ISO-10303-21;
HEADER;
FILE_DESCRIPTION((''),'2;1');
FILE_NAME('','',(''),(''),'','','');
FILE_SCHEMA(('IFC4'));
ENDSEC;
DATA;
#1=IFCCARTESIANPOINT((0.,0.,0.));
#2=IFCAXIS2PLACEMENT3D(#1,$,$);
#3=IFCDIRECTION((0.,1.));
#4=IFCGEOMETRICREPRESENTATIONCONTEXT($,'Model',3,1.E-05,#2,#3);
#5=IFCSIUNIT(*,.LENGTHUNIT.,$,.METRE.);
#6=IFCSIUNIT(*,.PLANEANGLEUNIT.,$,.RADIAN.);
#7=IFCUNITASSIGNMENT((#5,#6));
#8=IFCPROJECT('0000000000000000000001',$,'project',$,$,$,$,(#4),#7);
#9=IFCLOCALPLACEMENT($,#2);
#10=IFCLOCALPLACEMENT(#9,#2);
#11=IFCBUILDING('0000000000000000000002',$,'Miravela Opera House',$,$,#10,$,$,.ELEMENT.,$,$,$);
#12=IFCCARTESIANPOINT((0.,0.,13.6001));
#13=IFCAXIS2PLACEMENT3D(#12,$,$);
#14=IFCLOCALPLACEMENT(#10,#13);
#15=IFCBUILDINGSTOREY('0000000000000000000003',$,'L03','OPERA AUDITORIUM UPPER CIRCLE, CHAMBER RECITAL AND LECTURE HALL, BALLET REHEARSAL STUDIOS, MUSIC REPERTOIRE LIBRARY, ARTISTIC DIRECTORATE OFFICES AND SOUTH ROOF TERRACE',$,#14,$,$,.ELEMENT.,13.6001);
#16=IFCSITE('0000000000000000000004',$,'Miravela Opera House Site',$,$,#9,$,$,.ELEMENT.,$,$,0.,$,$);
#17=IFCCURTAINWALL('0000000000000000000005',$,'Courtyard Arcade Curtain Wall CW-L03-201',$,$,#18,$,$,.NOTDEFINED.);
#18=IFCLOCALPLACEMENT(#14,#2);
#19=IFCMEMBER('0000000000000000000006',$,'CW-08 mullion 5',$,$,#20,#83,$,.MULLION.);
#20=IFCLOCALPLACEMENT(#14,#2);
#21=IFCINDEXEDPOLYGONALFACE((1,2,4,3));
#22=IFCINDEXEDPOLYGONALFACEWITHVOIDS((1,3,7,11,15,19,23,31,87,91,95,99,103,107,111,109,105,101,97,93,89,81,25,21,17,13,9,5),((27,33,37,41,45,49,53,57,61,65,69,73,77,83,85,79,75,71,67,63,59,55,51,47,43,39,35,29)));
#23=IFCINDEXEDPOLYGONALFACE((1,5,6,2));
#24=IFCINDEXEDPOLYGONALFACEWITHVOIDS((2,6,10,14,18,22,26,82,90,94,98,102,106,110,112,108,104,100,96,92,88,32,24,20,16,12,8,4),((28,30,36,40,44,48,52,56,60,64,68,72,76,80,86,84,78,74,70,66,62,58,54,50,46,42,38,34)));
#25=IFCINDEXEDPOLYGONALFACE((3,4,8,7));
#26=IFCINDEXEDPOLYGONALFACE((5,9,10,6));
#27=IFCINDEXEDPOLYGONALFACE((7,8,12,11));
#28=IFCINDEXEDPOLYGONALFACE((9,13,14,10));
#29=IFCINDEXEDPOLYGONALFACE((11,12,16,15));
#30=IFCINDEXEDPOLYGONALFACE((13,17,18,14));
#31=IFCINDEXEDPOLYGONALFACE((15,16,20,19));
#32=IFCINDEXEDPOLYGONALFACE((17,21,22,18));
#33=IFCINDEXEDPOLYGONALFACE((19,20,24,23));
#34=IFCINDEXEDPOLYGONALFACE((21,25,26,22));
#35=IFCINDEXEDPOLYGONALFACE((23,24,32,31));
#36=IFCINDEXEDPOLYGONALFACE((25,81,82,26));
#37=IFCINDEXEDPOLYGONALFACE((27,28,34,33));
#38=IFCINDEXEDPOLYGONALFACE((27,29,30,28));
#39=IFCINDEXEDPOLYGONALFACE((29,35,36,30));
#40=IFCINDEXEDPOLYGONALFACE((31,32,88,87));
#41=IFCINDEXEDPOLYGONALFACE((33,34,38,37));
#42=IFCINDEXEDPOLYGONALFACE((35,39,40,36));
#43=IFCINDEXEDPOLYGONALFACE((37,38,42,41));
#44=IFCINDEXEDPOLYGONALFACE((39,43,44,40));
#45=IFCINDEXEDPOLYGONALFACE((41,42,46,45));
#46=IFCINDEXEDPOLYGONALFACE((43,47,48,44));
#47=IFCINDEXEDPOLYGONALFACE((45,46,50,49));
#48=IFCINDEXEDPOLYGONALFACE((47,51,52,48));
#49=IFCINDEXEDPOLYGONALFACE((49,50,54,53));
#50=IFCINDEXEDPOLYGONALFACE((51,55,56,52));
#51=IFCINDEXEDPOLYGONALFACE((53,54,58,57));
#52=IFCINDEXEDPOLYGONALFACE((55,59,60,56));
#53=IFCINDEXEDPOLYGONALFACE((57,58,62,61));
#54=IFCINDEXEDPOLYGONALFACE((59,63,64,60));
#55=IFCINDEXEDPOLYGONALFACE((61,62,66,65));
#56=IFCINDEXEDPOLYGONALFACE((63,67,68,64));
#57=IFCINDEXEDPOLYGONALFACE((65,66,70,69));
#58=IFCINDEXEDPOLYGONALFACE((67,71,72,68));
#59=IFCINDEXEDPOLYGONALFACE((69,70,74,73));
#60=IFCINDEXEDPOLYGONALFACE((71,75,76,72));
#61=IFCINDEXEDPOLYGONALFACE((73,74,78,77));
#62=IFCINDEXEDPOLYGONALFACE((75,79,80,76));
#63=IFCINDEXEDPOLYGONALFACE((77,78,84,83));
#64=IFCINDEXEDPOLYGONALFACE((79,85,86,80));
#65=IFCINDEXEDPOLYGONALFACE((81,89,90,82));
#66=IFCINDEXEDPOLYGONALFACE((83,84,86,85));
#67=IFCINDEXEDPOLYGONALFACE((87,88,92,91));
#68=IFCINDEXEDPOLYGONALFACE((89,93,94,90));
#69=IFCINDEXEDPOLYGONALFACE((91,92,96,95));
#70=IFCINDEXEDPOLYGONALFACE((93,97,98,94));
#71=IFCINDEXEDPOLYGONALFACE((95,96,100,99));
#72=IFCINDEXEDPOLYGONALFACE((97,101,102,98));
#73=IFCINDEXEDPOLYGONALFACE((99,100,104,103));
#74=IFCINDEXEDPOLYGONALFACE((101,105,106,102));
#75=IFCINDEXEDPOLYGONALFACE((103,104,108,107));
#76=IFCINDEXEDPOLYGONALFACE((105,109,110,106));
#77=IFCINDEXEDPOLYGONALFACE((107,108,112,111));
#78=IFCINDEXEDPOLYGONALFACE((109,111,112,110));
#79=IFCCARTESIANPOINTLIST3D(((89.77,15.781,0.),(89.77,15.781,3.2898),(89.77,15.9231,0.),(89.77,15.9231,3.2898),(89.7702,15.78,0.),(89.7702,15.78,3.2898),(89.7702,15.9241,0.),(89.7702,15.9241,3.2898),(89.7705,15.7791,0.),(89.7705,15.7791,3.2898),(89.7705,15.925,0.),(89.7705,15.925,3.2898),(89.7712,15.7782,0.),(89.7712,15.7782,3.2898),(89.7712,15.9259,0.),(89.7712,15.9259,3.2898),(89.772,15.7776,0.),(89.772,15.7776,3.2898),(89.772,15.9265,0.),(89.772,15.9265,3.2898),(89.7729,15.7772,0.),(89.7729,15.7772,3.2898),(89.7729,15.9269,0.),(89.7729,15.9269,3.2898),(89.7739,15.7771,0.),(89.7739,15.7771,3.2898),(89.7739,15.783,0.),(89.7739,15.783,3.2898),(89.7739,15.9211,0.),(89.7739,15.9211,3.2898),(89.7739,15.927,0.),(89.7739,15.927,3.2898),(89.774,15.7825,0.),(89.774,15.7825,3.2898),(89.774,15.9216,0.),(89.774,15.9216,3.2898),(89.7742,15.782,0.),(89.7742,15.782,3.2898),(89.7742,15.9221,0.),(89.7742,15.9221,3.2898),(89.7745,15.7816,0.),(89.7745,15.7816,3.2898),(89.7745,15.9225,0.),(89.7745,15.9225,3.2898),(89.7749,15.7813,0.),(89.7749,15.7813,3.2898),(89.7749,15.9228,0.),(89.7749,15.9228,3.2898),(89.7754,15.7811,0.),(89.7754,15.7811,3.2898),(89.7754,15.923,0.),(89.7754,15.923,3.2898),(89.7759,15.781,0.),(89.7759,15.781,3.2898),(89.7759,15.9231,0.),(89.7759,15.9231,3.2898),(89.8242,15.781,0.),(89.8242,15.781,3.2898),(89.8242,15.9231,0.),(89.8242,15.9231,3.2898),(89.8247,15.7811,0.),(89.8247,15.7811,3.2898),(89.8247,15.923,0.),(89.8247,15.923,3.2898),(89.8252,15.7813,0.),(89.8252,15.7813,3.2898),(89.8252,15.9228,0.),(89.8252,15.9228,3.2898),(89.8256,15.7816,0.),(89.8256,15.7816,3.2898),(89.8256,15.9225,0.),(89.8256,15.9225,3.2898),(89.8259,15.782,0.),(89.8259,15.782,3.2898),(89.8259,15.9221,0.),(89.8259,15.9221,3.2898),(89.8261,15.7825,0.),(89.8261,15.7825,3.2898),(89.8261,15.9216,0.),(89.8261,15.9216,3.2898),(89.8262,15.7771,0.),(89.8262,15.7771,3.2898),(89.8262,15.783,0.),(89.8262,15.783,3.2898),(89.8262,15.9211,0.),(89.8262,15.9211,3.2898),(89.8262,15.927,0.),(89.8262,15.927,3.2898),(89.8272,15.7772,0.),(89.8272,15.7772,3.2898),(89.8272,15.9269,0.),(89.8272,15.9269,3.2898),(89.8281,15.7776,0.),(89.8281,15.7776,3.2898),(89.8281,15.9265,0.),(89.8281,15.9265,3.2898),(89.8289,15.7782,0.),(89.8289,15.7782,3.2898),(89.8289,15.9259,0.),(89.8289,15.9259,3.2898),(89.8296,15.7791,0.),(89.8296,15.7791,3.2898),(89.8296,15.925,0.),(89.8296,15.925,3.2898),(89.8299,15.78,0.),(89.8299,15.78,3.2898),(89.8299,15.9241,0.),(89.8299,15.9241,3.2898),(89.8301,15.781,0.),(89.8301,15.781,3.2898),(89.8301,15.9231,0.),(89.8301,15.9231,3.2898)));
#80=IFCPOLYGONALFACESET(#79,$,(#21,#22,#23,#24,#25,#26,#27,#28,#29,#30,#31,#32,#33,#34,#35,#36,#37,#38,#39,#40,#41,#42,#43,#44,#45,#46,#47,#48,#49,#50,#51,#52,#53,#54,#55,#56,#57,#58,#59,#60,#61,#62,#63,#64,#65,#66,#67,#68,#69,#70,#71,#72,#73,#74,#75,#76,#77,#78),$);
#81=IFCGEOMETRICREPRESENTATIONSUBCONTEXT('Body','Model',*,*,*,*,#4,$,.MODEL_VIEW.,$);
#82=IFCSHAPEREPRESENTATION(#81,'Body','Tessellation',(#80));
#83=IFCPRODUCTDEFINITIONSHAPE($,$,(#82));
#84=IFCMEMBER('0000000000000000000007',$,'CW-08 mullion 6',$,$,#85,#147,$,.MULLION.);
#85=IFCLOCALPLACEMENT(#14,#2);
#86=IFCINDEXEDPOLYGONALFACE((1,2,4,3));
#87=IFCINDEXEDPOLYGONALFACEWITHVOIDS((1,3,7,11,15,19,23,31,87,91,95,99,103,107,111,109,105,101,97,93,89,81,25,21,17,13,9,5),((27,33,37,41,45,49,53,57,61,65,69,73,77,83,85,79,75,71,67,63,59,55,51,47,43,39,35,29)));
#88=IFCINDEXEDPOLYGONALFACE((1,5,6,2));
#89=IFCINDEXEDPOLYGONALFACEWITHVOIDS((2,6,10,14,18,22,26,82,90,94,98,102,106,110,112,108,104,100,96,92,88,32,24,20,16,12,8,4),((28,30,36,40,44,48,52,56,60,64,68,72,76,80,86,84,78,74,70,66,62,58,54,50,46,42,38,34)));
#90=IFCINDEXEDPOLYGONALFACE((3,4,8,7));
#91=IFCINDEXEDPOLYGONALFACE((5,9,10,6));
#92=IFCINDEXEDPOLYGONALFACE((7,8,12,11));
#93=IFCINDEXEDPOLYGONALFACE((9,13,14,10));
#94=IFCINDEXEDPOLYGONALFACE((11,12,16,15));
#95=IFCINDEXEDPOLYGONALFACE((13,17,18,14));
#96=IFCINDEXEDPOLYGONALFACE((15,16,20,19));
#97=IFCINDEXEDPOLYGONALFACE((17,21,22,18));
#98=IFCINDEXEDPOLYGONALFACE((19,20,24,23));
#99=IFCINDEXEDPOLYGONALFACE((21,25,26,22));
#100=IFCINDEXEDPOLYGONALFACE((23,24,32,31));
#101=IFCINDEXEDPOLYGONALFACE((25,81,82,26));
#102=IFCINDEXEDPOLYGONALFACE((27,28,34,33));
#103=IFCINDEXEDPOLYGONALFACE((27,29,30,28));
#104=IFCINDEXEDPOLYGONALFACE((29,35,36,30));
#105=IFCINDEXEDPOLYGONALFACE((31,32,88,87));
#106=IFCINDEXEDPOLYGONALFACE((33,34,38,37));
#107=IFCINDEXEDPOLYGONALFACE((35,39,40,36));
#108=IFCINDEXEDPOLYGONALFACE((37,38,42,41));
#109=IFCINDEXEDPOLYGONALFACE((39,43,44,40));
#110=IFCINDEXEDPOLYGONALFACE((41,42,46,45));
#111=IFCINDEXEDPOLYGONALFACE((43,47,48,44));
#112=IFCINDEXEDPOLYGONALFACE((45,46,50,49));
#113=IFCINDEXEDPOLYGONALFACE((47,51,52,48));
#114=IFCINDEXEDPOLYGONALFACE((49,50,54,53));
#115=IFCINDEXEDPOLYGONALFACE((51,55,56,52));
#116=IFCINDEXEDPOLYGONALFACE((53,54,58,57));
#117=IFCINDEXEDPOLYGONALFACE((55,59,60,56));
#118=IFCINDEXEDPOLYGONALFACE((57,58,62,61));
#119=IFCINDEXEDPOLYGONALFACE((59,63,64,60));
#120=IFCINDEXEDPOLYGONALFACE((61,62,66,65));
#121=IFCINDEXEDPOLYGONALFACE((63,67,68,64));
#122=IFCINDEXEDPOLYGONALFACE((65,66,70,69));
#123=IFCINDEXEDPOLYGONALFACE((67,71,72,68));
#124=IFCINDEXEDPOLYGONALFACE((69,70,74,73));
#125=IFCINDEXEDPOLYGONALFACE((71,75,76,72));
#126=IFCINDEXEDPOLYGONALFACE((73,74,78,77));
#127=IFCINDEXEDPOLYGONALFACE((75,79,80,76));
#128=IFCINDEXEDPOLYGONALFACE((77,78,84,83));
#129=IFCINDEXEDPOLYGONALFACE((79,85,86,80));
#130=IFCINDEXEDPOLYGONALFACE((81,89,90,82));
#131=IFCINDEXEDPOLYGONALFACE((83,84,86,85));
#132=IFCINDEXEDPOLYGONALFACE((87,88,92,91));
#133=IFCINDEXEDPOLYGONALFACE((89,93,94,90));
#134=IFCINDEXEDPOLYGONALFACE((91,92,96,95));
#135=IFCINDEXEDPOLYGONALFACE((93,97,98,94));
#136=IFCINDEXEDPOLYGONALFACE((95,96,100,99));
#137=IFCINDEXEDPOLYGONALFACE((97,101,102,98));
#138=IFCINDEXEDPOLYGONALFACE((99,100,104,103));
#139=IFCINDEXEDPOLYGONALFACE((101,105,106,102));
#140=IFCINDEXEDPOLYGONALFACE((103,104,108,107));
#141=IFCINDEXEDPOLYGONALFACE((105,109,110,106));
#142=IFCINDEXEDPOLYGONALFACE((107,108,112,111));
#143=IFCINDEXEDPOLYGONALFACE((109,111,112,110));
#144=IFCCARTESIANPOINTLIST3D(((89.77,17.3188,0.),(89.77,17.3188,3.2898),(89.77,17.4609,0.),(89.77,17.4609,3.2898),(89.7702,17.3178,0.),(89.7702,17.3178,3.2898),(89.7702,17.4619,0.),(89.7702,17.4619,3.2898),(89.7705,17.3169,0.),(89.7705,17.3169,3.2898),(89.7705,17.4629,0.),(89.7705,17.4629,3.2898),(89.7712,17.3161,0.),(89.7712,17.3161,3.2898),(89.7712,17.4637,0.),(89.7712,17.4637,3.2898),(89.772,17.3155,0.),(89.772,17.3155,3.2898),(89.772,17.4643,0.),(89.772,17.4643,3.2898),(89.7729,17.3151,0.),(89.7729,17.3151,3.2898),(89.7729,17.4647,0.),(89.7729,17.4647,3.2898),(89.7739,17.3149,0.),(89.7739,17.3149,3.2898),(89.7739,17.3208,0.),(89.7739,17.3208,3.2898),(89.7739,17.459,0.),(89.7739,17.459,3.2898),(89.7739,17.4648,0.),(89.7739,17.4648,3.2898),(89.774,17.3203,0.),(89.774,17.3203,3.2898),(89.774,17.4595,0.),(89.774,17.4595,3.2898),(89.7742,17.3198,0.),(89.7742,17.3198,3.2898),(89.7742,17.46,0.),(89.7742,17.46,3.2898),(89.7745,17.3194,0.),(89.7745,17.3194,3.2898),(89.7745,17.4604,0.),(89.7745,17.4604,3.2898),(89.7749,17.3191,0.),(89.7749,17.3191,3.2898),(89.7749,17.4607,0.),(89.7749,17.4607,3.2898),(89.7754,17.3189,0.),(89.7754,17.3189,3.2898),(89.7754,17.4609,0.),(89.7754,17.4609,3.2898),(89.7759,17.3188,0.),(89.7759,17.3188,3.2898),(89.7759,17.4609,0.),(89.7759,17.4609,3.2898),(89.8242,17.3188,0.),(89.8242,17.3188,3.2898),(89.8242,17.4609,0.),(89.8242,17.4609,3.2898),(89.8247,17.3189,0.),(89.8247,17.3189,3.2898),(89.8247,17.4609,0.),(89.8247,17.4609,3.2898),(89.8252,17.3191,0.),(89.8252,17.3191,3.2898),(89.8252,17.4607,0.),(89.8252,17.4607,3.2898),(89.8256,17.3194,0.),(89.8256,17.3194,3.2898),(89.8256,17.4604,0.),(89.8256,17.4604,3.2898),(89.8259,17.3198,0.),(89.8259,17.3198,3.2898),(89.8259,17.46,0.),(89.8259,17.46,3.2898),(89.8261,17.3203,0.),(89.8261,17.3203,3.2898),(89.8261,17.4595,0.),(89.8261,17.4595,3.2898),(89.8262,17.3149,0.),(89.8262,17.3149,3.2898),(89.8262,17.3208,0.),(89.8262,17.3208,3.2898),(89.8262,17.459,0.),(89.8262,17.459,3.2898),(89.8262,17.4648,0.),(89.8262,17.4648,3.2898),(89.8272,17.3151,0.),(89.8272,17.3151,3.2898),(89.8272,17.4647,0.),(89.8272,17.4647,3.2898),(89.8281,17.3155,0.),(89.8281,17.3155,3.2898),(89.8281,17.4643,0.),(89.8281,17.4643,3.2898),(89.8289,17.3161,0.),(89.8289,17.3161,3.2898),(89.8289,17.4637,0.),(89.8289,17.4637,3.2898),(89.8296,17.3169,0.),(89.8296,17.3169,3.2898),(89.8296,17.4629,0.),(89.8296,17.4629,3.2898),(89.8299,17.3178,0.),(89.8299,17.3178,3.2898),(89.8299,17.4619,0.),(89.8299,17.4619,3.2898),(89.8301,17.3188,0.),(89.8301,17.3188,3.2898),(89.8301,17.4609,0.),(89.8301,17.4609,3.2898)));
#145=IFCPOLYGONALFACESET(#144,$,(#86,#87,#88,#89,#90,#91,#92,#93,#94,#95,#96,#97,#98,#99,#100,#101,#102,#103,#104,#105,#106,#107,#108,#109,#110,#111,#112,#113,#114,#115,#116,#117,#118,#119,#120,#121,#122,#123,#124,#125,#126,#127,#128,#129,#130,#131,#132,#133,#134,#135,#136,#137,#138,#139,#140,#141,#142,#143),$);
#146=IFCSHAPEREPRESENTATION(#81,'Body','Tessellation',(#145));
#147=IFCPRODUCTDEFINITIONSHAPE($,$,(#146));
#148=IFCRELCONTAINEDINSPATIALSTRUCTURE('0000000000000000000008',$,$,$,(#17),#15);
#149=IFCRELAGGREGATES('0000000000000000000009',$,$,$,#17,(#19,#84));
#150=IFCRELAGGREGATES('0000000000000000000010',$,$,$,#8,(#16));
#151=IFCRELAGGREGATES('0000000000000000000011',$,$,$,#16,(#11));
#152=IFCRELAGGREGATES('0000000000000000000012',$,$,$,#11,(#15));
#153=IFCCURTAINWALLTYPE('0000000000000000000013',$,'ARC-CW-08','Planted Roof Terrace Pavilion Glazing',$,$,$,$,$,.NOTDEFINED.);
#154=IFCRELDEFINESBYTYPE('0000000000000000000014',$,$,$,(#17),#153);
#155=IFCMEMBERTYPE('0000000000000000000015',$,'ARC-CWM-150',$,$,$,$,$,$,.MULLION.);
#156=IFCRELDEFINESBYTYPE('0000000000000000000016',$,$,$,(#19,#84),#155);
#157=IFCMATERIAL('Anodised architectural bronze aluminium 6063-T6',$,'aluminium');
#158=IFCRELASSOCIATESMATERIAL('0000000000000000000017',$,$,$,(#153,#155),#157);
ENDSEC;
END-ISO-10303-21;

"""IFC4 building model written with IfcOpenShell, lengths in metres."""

from ifc_helpers import new_model, si_unit, direction, frame, origin, origin_2d, place, context, subcontext, project, spatial, hollow_rectangle, extrude, material, material_profile, profile_set, type_object, element, aggregate, save


model = new_model("IFC4")

# Units and contexts
model_context = context("Model", 3, precision=1e-05, world=origin(), true_north=direction((0.0, 1.0)))
body_context = subcontext(model_context, "Body", "Model", "MODEL_VIEW")
ifc_project = project(units=[si_unit("LENGTHUNIT", "METRE"), si_unit("PLANEANGLEUNIT", "RADIAN")], contexts=[model_context])

# Site, building, storey
site_placement = place(None, origin())
site = spatial("IfcSite", under=ifc_project, at=site_placement, Name="Miravela Opera House Site", CompositionType="ELEMENT", RefElevation=0.0)
building_placement = place(site_placement, origin())
building = spatial("IfcBuilding", under=site, at=building_placement, Name="Miravela Opera House", CompositionType="ELEMENT")
storey_placement = place(building_placement, frame((0.0, 0.0, 13.6001)))
storey = spatial("IfcBuildingStorey", under=building, at=storey_placement, Name="L03", Description="OPERA AUDITORIUM UPPER CIRCLE, CHAMBER RECITAL AND LECTURE HALL, BALLET REHEARSAL STUDIOS, MUSIC REPERTOIRE LIBRARY, ARTISTIC DIRECTORATE OFFICES AND SOUTH ROOF TERRACE", CompositionType="ELEMENT", Elevation=13.6001)

# Curtain wall, members
ifc_material_1 = material(Name="Anodised architectural bronze aluminium 6063-T6", Category="aluminium")
curtain_wall_type = type_object("IfcCurtainWallType", Name="ARC-CW-08", Description="Planted Roof Terrace Pavilion Glazing", PredefinedType="NOTDEFINED", material=ifc_material_1)
curtain_wall_1_placement = place(storey_placement, origin())
curtain_wall_1 = element("IfcCurtainWall", 1, at=curtain_wall_1_placement, inside=storey, type_object=curtain_wall_type, Name="Courtyard Arcade Curtain Wall CW-L03-201", PredefinedType="NOTDEFINED")
ifc_material_profile_1 = material_profile(ifc_material_1, hollow_rectangle(XDim=0.0601, YDim=0.1499, WallThickness=0.0039, InnerFilletRadius=0.002, OuterFilletRadius=0.0039, at=origin_2d()), Name="CWM-60X150")
ifc_profile_set_1 = profile_set([ifc_material_profile_1])
member_type_1 = type_object("IfcMemberType", Name="ARC-CWM-150", PredefinedType="MULLION", material=ifc_profile_set_1)
member_1_placement = place(storey_placement, frame((89.8, 15.8521, 0.0), z_axis=(0.0, 0.0, 1.0), x_axis=(-1.0, 0.0, 0.0)))
member_1 = element("IfcMember", 2, at=member_1_placement, type_object=member_type_1, Name="CW-08 mullion 5", PredefinedType="MULLION", context=body_context, shape_type="SweptSolid", body=[
    extrude(hollow_rectangle(XDim=0.0601, YDim=0.1499, WallThickness=0.0039, InnerFilletRadius=0.002, OuterFilletRadius=0.0039, at=origin_2d()), origin(), (0.0, 0.0, 1.0), 3.2898),
])
member_2_placement = place(storey_placement, frame((89.8, 17.3899, 0.0), z_axis=(0.0, 0.0, 1.0), x_axis=(-1.0, 0.0, 0.0)))
member_2 = element("IfcMember", 3, at=member_2_placement, type_object=member_type_1, Name="CW-08 mullion 6", PredefinedType="MULLION", context=body_context, shape_type="SweptSolid", body=[
    extrude(hollow_rectangle(XDim=0.0601, YDim=0.1499, WallThickness=0.0039, InnerFilletRadius=0.002, OuterFilletRadius=0.0039, at=origin_2d()), origin(), (0.0, 0.0, 1.0), 3.2898),
])

aggregate(curtain_wall_1, [member_1, member_2])

save(model, "model.ifc")
